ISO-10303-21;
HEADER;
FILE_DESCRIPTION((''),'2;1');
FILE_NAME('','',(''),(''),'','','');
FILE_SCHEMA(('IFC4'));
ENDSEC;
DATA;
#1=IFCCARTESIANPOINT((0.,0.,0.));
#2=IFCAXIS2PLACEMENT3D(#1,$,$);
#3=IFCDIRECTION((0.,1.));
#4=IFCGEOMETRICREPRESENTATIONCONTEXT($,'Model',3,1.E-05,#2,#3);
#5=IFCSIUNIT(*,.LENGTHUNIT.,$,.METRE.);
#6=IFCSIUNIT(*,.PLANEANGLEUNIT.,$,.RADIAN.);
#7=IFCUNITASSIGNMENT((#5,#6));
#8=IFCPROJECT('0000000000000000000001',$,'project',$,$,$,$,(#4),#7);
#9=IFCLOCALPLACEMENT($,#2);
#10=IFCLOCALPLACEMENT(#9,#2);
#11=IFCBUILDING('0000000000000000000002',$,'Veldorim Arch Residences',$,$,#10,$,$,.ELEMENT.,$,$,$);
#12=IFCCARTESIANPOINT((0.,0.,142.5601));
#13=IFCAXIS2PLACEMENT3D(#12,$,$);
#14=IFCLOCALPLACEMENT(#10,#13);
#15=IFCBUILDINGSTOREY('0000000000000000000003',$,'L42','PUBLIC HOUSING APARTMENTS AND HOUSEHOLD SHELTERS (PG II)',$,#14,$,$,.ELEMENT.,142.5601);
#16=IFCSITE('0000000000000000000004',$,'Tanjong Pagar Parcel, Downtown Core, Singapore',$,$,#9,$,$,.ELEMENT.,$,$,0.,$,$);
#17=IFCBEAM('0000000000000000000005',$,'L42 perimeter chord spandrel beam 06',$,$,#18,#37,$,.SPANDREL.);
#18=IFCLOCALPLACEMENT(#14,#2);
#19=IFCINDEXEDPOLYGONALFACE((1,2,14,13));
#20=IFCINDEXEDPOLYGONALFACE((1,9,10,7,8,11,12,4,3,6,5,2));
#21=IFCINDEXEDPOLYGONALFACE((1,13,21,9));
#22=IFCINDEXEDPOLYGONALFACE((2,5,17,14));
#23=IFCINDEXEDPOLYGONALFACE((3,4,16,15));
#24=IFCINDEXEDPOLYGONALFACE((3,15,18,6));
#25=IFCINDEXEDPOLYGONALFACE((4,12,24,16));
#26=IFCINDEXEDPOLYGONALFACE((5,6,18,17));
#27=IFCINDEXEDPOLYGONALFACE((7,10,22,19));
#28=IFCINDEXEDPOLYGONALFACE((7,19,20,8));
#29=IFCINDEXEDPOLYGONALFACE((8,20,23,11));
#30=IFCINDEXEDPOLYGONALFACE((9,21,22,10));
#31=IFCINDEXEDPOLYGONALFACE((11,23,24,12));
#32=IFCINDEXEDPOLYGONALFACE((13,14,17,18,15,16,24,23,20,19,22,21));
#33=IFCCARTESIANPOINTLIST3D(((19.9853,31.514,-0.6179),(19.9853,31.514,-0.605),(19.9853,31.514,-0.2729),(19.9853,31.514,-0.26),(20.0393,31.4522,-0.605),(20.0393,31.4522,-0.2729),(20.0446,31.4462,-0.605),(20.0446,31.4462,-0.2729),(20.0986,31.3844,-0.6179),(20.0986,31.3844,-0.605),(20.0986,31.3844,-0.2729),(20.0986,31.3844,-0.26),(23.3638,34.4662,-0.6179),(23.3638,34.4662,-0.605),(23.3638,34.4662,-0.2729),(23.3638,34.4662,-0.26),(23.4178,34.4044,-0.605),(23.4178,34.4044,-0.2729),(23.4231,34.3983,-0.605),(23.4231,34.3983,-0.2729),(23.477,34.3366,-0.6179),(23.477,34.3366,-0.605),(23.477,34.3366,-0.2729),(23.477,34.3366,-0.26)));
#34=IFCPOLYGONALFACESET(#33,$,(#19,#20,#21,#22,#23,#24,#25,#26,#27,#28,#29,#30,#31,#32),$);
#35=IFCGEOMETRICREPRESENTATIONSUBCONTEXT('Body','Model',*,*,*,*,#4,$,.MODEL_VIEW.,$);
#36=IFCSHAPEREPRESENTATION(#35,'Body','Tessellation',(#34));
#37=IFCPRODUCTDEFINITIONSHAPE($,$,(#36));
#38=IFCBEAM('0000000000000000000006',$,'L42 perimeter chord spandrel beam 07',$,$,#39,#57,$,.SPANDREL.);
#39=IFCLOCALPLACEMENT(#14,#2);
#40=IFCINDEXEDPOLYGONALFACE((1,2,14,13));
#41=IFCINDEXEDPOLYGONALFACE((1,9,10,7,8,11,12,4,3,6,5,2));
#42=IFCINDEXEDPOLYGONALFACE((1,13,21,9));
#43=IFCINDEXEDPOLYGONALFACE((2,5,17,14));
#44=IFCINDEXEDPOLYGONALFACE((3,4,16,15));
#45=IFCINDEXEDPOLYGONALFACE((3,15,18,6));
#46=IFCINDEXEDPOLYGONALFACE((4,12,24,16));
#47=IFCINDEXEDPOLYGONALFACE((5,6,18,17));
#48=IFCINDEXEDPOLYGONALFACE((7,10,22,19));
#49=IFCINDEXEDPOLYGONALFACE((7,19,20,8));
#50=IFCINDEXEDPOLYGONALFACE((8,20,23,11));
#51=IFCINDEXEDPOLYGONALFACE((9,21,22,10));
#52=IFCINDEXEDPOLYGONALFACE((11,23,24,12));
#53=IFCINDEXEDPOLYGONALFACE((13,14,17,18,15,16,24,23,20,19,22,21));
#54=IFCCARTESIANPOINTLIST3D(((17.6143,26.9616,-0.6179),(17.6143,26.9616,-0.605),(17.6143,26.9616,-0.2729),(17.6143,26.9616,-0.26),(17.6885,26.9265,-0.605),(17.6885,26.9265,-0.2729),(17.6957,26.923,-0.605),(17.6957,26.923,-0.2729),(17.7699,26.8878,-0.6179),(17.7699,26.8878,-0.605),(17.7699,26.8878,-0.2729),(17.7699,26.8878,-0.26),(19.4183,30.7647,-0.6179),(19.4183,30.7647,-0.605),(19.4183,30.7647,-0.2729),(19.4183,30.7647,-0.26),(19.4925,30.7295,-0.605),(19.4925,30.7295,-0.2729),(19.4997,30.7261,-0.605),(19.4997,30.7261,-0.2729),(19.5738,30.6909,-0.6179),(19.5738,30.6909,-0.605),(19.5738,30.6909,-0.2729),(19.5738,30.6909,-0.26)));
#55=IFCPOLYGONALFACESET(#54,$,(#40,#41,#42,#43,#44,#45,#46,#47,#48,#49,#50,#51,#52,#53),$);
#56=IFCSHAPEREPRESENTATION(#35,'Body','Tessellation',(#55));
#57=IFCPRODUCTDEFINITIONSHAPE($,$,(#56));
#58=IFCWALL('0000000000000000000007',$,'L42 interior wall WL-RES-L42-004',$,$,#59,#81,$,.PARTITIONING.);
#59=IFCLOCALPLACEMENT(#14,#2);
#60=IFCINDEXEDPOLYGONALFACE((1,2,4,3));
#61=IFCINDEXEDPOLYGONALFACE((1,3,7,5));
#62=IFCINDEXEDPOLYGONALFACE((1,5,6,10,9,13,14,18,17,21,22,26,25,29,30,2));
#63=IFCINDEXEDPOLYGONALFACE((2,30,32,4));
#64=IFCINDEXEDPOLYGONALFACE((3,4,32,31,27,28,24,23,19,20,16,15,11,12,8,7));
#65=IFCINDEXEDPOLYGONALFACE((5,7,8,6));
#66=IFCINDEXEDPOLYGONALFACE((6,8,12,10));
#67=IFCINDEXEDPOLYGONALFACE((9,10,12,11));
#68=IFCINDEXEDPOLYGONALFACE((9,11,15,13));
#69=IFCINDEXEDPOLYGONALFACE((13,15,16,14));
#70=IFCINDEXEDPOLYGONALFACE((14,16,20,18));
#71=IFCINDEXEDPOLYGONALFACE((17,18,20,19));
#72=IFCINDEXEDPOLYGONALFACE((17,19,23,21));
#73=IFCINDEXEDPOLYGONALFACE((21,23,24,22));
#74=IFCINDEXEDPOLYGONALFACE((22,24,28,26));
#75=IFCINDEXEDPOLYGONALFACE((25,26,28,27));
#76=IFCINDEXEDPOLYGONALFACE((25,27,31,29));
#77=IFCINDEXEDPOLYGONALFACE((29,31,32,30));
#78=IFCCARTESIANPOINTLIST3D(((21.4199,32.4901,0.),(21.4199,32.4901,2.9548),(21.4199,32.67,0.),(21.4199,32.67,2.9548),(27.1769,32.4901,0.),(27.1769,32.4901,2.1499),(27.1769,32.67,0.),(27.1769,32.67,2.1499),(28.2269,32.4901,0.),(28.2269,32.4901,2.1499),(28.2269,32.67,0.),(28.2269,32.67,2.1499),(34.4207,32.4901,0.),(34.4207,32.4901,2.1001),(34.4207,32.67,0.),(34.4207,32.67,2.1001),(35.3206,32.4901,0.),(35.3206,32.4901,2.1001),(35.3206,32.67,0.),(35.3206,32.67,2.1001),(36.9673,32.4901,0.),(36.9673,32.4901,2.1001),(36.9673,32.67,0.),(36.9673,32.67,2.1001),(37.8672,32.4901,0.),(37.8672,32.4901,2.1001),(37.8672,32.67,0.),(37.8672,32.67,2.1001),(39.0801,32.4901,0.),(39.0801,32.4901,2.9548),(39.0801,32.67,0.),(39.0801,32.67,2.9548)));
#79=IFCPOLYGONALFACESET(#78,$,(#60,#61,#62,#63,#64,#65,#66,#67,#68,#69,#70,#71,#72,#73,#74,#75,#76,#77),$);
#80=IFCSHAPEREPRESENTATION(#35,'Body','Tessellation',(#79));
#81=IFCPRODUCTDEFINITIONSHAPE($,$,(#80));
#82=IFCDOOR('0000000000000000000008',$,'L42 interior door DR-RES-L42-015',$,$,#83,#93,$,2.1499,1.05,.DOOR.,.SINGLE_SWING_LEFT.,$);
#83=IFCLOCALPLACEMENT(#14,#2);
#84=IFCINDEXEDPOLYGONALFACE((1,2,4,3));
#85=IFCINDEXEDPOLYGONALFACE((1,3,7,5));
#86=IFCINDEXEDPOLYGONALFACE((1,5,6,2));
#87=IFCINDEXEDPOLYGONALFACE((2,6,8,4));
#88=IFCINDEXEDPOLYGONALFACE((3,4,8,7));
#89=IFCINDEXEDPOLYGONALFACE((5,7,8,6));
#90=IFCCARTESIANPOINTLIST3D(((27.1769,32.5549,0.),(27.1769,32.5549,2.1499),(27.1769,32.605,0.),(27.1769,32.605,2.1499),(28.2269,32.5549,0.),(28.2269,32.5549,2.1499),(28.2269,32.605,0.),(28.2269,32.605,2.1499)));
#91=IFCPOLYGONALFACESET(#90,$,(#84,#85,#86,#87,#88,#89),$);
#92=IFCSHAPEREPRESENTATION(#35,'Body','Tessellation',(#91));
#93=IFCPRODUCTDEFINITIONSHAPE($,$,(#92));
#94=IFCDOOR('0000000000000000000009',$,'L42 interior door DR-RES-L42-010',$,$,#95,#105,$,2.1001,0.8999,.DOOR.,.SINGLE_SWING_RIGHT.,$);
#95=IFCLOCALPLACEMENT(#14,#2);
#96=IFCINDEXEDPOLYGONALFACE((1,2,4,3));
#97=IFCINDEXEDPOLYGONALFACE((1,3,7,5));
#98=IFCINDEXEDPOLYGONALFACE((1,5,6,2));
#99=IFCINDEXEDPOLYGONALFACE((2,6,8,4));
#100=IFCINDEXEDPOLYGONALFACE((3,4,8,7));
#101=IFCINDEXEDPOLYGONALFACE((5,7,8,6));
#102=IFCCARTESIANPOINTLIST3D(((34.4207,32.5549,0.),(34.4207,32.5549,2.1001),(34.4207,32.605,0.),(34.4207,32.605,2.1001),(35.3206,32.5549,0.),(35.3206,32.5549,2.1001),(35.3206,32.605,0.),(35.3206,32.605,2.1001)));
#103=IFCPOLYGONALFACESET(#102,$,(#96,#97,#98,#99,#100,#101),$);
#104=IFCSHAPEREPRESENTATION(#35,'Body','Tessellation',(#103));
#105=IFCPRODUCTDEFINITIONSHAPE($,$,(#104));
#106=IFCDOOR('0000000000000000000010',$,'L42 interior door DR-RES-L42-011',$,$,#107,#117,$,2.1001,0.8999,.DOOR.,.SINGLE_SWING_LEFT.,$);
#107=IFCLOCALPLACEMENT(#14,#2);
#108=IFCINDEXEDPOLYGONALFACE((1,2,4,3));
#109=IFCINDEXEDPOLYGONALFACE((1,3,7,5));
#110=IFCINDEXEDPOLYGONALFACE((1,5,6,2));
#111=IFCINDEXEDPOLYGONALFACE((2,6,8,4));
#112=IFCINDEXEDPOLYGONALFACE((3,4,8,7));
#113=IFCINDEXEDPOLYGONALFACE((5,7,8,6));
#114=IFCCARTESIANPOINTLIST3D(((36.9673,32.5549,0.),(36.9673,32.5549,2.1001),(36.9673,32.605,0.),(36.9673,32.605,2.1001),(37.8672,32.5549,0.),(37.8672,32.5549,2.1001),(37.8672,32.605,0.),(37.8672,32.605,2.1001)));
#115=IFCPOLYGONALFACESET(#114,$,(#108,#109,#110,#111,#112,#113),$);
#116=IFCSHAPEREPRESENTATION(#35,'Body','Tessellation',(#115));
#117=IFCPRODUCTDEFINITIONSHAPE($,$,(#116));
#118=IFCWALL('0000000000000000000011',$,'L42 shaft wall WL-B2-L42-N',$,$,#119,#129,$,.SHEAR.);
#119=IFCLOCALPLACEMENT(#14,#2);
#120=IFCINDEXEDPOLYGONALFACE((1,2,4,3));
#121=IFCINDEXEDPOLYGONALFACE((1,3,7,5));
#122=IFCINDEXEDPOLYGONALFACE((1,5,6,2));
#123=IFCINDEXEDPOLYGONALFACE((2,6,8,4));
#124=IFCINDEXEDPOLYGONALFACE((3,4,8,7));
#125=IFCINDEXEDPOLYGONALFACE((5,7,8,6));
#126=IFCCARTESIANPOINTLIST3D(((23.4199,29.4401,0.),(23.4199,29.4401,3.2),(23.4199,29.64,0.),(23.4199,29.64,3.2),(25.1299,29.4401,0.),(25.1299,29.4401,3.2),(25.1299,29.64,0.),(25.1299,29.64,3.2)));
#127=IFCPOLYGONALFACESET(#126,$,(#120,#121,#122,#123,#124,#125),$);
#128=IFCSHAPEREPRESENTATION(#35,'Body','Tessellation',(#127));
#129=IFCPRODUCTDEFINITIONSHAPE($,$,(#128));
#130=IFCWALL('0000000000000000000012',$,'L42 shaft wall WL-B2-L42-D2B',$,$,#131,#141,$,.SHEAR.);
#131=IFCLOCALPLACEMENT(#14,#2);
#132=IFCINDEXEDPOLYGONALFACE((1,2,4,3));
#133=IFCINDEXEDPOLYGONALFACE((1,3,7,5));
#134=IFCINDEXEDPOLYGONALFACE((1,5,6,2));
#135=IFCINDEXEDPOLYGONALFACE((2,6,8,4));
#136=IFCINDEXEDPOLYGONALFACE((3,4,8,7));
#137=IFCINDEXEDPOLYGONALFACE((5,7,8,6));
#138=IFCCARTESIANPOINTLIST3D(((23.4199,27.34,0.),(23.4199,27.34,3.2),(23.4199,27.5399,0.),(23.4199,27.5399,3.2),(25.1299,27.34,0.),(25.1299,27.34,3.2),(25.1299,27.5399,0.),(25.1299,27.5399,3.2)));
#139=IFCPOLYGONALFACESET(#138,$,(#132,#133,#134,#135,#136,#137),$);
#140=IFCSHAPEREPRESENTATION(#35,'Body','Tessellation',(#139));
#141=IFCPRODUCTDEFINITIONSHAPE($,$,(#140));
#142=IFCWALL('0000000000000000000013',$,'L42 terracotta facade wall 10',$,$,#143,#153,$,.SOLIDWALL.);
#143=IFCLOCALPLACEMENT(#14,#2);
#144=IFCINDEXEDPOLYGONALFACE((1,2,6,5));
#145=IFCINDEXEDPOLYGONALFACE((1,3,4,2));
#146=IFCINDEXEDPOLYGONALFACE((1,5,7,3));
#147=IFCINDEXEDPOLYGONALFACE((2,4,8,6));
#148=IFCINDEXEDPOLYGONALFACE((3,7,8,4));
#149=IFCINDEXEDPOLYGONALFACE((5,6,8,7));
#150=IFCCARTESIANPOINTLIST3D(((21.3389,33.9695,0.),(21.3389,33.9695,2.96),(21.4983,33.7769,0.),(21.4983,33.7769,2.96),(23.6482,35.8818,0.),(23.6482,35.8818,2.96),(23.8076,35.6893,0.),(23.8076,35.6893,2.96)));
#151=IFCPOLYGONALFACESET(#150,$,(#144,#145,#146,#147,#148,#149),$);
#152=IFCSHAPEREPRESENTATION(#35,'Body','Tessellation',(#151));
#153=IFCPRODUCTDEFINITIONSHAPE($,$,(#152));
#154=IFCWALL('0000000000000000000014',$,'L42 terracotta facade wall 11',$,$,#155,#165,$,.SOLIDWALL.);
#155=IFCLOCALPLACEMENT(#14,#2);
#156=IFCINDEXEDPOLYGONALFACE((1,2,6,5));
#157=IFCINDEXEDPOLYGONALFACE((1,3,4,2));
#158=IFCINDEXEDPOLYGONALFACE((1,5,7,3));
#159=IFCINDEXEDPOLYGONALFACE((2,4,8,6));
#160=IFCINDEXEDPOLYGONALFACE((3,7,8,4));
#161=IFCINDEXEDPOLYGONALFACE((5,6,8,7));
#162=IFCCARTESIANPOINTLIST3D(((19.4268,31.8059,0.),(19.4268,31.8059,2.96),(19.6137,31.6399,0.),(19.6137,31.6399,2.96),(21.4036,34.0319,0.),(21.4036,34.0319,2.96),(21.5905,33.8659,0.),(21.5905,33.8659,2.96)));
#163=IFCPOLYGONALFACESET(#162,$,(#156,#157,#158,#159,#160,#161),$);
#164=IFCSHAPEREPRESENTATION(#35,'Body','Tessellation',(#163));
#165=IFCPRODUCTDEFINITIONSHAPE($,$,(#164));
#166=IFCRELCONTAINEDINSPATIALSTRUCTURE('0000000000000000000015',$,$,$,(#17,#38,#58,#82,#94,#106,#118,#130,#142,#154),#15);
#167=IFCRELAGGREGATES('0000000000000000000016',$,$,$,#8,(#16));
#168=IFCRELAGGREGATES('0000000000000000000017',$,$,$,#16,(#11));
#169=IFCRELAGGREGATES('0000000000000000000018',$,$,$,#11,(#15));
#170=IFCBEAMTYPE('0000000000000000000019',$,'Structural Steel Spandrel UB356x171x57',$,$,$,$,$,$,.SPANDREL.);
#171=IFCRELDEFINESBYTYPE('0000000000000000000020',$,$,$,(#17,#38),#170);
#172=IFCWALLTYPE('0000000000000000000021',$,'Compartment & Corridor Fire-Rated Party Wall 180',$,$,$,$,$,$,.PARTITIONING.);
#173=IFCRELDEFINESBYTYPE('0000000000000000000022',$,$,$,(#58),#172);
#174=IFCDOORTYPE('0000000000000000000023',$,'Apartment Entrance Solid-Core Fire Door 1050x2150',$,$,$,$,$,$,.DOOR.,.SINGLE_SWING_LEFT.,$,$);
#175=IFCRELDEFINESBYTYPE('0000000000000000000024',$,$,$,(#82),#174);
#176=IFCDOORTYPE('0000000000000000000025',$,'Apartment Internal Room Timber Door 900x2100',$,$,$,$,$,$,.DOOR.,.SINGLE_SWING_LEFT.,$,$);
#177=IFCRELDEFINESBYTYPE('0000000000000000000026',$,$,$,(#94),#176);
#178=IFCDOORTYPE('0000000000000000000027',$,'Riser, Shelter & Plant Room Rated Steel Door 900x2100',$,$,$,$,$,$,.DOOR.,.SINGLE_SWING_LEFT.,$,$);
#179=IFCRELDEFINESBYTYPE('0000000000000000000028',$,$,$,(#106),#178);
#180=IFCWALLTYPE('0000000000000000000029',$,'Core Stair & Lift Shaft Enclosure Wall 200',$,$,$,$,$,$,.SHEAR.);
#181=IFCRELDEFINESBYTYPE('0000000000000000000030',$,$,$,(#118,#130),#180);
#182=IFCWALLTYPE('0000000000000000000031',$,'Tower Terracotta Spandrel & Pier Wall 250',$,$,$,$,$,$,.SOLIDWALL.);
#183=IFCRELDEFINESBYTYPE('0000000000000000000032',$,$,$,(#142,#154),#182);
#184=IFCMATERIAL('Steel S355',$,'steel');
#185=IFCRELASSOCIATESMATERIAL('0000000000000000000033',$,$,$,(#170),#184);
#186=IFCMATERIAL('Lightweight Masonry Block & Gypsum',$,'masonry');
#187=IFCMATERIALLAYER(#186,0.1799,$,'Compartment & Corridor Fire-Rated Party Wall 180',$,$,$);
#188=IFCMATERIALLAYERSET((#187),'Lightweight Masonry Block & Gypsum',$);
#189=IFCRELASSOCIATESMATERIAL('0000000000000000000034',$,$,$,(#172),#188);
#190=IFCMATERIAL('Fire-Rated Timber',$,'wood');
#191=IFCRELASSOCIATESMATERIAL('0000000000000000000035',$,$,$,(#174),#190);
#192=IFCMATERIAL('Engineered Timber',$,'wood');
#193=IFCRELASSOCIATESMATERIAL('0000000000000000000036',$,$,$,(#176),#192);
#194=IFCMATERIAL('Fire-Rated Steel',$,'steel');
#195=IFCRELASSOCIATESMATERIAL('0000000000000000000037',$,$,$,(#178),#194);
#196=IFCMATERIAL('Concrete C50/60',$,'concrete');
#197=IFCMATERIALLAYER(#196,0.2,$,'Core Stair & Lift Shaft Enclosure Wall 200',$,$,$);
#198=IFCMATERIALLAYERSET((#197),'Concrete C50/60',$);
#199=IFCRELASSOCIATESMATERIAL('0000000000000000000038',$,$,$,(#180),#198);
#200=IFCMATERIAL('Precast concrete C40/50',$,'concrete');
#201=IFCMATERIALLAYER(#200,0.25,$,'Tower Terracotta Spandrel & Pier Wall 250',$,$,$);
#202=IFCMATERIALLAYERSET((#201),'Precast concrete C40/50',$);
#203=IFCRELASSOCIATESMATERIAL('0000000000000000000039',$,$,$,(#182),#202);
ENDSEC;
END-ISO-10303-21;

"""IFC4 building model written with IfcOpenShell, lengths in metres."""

from ifc_helpers import new_model, si_unit, direction, frame, frame_2d, origin, origin_2d, place, context, subcontext, project, spatial, rectangle, i_section, extrude, material, layer, layer_set, material_profile, profile_set, type_object, element, fill, save


model = new_model("IFC4")

# Units and contexts
model_context = context("Model", 3, precision=1e-05, world=origin(), true_north=direction((0.0, 1.0)))
body_context = subcontext(model_context, "Body", "Model", "MODEL_VIEW")
ifc_project = project(units=[si_unit("LENGTHUNIT", "METRE"), si_unit("PLANEANGLEUNIT", "RADIAN")], contexts=[model_context])

# Site, building, storey
site_placement = place(None, origin())
site = spatial("IfcSite", under=ifc_project, at=site_placement, Name="Tanjong Pagar Parcel, Downtown Core, Singapore", CompositionType="ELEMENT", RefElevation=0.0)
building_placement = place(site_placement, origin())
building = spatial("IfcBuilding", under=site, at=building_placement, Name="Veldorim Arch Residences", CompositionType="ELEMENT")
storey_placement = place(building_placement, frame((0.0, 0.0, 142.5601)))
storey = spatial("IfcBuildingStorey", under=building, at=storey_placement, Name="L42", Description="PUBLIC HOUSING APARTMENTS AND HOUSEHOLD SHELTERS (PG II)", CompositionType="ELEMENT", Elevation=142.5601)

# Beams
ifc_material_1 = material(Name="Steel S355", Category="steel")
ifc_material_profile_1 = material_profile(ifc_material_1, i_section(OverallWidth=0.1721, OverallDepth=0.3579, WebThickness=0.0081, FlangeThickness=0.0129, at=origin_2d()), Name="UB356x171x57")
ifc_profile_set_1 = profile_set([ifc_material_profile_1], Name="Steel S355")
beam_type_1 = type_object("IfcBeamType", Name="Structural Steel Spandrel UB356x171x57", PredefinedType="SPANDREL", material=ifc_profile_set_1)
beam_1_placement = place(storey_placement, frame((23.4204, 34.4014, -0.439), z_axis=(-0.753015, -0.658004, 0.0), x_axis=(0.658004, -0.753015, 0.0)))
element("IfcBeam", 1, at=beam_1_placement, inside=storey, type_object=beam_type_1, Name="L42 perimeter chord spandrel beam 06", PredefinedType="SPANDREL", context=body_context, shape_type="SweptSolid", body=[
    extrude(i_section(OverallWidth=0.1721, OverallDepth=0.3579, WebThickness=0.0081, FlangeThickness=0.0129, at=origin_2d()), origin(), (0.0, 0.0, 1.0), 4.4866),
])
beam_2_placement = place(storey_placement, frame((19.4961, 30.7278, -0.439), z_axis=(-0.42858, -0.903504, 0.0), x_axis=(0.903504, -0.42858, 0.0)))
element("IfcBeam", 2, at=beam_2_placement, inside=storey, type_object=beam_type_1, Name="L42 perimeter chord spandrel beam 07", PredefinedType="SPANDREL", context=body_context, shape_type="SweptSolid", body=[
    extrude(i_section(OverallWidth=0.1721, OverallDepth=0.3579, WebThickness=0.0081, FlangeThickness=0.0129, at=origin_2d()), origin(), (0.0, 0.0, 1.0), 4.2092),
])

# Wall, openings, doors
ifc_material_2 = material(Name="Lightweight Masonry Block & Gypsum", Category="masonry")
ifc_layer_1 = layer(ifc_material_2, 0.1799, Name="Compartment & Corridor Fire-Rated Party Wall 180")
ifc_layer_set_1 = layer_set([ifc_layer_1], Name="Lightweight Masonry Block & Gypsum")
wall_type_1 = type_object("IfcWallType", Name="Compartment & Corridor Fire-Rated Party Wall 180", PredefinedType="PARTITIONING", material=ifc_layer_set_1)
wall_1_placement = place(storey_placement, frame((21.4199, 32.5801, 0.0), z_axis=(0.0, 0.0, 1.0), x_axis=(1.0, 0.0, 0.0)))
wall_1 = element("IfcWall", 3, at=wall_1_placement, inside=storey, type_object=wall_type_1, Name="L42 interior wall WL-RES-L42-004", PredefinedType="PARTITIONING", context=body_context, shape_type="SweptSolid", body=[
    extrude(rectangle(XDim=17.6602, YDim=0.1799, at=frame_2d((8.8301, 0.0))), origin(), (0.0, 0.0, 1.0), 2.9548),
])
opening_1_placement = place(wall_1_placement, frame((13.0007, 0.0, 0.0)))
opening_1 = element("IfcOpeningElement", 4, at=opening_1_placement, cuts=wall_1, PredefinedType="OPENING", context=body_context, shape_type="SweptSolid", body=[
    extrude(rectangle(XDim=0.8999, YDim=2.1001, at=frame_2d((0.45, 1.05))), frame((0.0, 0.0999, 0.0), z_axis=(0.0, -1.0, 0.0), x_axis=(1.0, 0.0, 0.0)), (0.0, 0.0, 1.0), 0.2),
])
opening_2_placement = place(wall_1_placement, frame((15.5474, 0.0, 0.0)))
opening_2 = element("IfcOpeningElement", 5, at=opening_2_placement, cuts=wall_1, PredefinedType="OPENING", context=body_context, shape_type="SweptSolid", body=[
    extrude(rectangle(XDim=0.8999, YDim=2.1001, at=frame_2d((0.45, 1.05))), frame((0.0, 0.0999, 0.0), z_axis=(0.0, -1.0, 0.0), x_axis=(1.0, 0.0, 0.0)), (0.0, 0.0, 1.0), 0.2),
])
opening_3_placement = place(wall_1_placement, frame((5.7571, 0.0, 0.0)))
opening_3 = element("IfcOpeningElement", 6, at=opening_3_placement, cuts=wall_1, PredefinedType="OPENING", context=body_context, shape_type="SweptSolid", body=[
    extrude(rectangle(XDim=1.05, YDim=2.1499, at=frame_2d((0.5249, 1.075))), frame((0.0, 0.0999, 0.0), z_axis=(0.0, -1.0, 0.0), x_axis=(1.0, 0.0, 0.0)), (0.0, 0.0, 1.0), 0.2),
])
ifc_material_3 = material(Name="Fire-Rated Timber", Category="wood")
door_type_1 = type_object("IfcDoorType", Name="Apartment Entrance Solid-Core Fire Door 1050x2150", OperationType="SINGLE_SWING_LEFT", PredefinedType="DOOR", material=ifc_material_3)
door_1_placement = place(opening_3_placement, origin())
door_1 = element("IfcDoor", 7, at=door_1_placement, inside=storey, type_object=door_type_1, Name="L42 interior door DR-RES-L42-015", OperationType="SINGLE_SWING_LEFT", OverallHeight=2.1499, OverallWidth=1.05, PredefinedType="DOOR", context=body_context, shape_type="SweptSolid", body=[
    extrude(rectangle(XDim=1.05, YDim=2.1499, at=frame_2d((0.5249, 1.075))), frame((0.0, 0.0249, 0.0), z_axis=(0.0, -1.0, 0.0), x_axis=(1.0, 0.0, 0.0)), (0.0, 0.0, 1.0), 0.05),
])
fill(opening_3, door_1)
ifc_material_4 = material(Name="Engineered Timber", Category="wood")
door_type_2 = type_object("IfcDoorType", Name="Apartment Internal Room Timber Door 900x2100", OperationType="SINGLE_SWING_LEFT", PredefinedType="DOOR", material=ifc_material_4)
door_2_placement = place(opening_1_placement, origin())
door_2 = element("IfcDoor", 8, at=door_2_placement, inside=storey, type_object=door_type_2, Name="L42 interior door DR-RES-L42-010", OperationType="SINGLE_SWING_RIGHT", OverallHeight=2.1001, OverallWidth=0.8999, PredefinedType="DOOR", context=body_context, shape_type="SweptSolid", body=[
    extrude(rectangle(XDim=0.8999, YDim=2.1001, at=frame_2d((0.45, 1.05))), frame((0.0, 0.0249, 0.0), z_axis=(0.0, -1.0, 0.0), x_axis=(1.0, 0.0, 0.0)), (0.0, 0.0, 1.0), 0.05),
])
fill(opening_1, door_2)
ifc_material_5 = material(Name="Fire-Rated Steel", Category="steel")
door_type_3 = type_object("IfcDoorType", Name="Riser, Shelter & Plant Room Rated Steel Door 900x2100", OperationType="SINGLE_SWING_LEFT", PredefinedType="DOOR", material=ifc_material_5)
door_3_placement = place(opening_2_placement, origin())
door_3 = element("IfcDoor", 9, at=door_3_placement, inside=storey, type_object=door_type_3, Name="L42 interior door DR-RES-L42-011", OperationType="SINGLE_SWING_LEFT", OverallHeight=2.1001, OverallWidth=0.8999, PredefinedType="DOOR", context=body_context, shape_type="SweptSolid", body=[
    extrude(rectangle(XDim=0.8999, YDim=2.1001, at=frame_2d((0.45, 1.05))), frame((0.0, 0.0249, 0.0), z_axis=(0.0, -1.0, 0.0), x_axis=(1.0, 0.0, 0.0)), (0.0, 0.0, 1.0), 0.05),
])
fill(opening_2, door_3)

# Walls
ifc_material_6 = material(Name="Concrete C50/60", Category="concrete")
ifc_layer_2 = layer(ifc_material_6, 0.2, Name="Core Stair & Lift Shaft Enclosure Wall 200")
ifc_layer_set_2 = layer_set([ifc_layer_2], Name="Concrete C50/60")
wall_type_2 = type_object("IfcWallType", Name="Core Stair & Lift Shaft Enclosure Wall 200", PredefinedType="SHEAR", material=ifc_layer_set_2)
for number, where, z_axis, x_axis, name in (
    (10, (23.4199, 29.54, 0.0), (0.0, 0.0, 1.0), (1.0, 0.0, 0.0), "L42 shaft wall WL-B2-L42-N"),
    (11, (23.4199, 27.4399, 0.0), (0.0, 0.0, 1.0), (1.0, 0.0, 0.0), "L42 shaft wall WL-B2-L42-D2B"),
):
    element("IfcWall", number, at=place(storey_placement, frame(where, z_axis=z_axis, x_axis=x_axis)), inside=storey, type_object=wall_type_2, Name=name, PredefinedType="SHEAR", context=body_context, shape_type="SweptSolid", body=[
        extrude(rectangle(XDim=1.71, YDim=0.2, at=frame_2d((0.855, 0.0))), origin(), (0.0, 0.0, 1.0), 3.2),
    ])

# Walls
ifc_material_7 = material(Name="Precast concrete C40/50", Category="concrete")
ifc_layer_3 = layer(ifc_material_7, 0.25, Name="Tower Terracotta Spandrel & Pier Wall 250")
ifc_layer_set_3 = layer_set([ifc_layer_3], Name="Precast concrete C40/50")
wall_type_3 = type_object("IfcWallType", Name="Tower Terracotta Spandrel & Pier Wall 250", PredefinedType="SOLIDWALL", material=ifc_layer_set_3)
wall_2_placement = place(storey_placement, frame((21.4187, 33.8733, 0.0), z_axis=(0.0, 0.0, 1.0), x_axis=(0.7702, 0.637803, 0.0)))
element("IfcWall", 12, at=wall_2_placement, inside=storey, type_object=wall_type_3, Name="L42 terracotta facade wall 10", PredefinedType="SOLIDWALL", context=body_context, shape_type="SweptSolid", body=[
    extrude(rectangle(XDim=2.9983, YDim=0.25, at=frame_2d((1.499, 0.0))), origin(), (0.0, 0.0, 1.0), 2.96),
])
wall_3_placement = place(storey_placement, frame((19.5203, 31.7229, 0.0), z_axis=(0.0, 0.0, 1.0), x_axis=(0.664002, 0.74773, 0.0)))
element("IfcWall", 13, at=wall_3_placement, inside=storey, type_object=wall_type_3, Name="L42 terracotta facade wall 11", PredefinedType="SOLIDWALL", context=body_context, shape_type="SweptSolid", body=[
    extrude(rectangle(XDim=2.9771, YDim=0.25, at=frame_2d((1.4885, 0.0))), origin(), (0.0, 0.0, 1.0), 2.96),
])

save(model, "model.ifc")
